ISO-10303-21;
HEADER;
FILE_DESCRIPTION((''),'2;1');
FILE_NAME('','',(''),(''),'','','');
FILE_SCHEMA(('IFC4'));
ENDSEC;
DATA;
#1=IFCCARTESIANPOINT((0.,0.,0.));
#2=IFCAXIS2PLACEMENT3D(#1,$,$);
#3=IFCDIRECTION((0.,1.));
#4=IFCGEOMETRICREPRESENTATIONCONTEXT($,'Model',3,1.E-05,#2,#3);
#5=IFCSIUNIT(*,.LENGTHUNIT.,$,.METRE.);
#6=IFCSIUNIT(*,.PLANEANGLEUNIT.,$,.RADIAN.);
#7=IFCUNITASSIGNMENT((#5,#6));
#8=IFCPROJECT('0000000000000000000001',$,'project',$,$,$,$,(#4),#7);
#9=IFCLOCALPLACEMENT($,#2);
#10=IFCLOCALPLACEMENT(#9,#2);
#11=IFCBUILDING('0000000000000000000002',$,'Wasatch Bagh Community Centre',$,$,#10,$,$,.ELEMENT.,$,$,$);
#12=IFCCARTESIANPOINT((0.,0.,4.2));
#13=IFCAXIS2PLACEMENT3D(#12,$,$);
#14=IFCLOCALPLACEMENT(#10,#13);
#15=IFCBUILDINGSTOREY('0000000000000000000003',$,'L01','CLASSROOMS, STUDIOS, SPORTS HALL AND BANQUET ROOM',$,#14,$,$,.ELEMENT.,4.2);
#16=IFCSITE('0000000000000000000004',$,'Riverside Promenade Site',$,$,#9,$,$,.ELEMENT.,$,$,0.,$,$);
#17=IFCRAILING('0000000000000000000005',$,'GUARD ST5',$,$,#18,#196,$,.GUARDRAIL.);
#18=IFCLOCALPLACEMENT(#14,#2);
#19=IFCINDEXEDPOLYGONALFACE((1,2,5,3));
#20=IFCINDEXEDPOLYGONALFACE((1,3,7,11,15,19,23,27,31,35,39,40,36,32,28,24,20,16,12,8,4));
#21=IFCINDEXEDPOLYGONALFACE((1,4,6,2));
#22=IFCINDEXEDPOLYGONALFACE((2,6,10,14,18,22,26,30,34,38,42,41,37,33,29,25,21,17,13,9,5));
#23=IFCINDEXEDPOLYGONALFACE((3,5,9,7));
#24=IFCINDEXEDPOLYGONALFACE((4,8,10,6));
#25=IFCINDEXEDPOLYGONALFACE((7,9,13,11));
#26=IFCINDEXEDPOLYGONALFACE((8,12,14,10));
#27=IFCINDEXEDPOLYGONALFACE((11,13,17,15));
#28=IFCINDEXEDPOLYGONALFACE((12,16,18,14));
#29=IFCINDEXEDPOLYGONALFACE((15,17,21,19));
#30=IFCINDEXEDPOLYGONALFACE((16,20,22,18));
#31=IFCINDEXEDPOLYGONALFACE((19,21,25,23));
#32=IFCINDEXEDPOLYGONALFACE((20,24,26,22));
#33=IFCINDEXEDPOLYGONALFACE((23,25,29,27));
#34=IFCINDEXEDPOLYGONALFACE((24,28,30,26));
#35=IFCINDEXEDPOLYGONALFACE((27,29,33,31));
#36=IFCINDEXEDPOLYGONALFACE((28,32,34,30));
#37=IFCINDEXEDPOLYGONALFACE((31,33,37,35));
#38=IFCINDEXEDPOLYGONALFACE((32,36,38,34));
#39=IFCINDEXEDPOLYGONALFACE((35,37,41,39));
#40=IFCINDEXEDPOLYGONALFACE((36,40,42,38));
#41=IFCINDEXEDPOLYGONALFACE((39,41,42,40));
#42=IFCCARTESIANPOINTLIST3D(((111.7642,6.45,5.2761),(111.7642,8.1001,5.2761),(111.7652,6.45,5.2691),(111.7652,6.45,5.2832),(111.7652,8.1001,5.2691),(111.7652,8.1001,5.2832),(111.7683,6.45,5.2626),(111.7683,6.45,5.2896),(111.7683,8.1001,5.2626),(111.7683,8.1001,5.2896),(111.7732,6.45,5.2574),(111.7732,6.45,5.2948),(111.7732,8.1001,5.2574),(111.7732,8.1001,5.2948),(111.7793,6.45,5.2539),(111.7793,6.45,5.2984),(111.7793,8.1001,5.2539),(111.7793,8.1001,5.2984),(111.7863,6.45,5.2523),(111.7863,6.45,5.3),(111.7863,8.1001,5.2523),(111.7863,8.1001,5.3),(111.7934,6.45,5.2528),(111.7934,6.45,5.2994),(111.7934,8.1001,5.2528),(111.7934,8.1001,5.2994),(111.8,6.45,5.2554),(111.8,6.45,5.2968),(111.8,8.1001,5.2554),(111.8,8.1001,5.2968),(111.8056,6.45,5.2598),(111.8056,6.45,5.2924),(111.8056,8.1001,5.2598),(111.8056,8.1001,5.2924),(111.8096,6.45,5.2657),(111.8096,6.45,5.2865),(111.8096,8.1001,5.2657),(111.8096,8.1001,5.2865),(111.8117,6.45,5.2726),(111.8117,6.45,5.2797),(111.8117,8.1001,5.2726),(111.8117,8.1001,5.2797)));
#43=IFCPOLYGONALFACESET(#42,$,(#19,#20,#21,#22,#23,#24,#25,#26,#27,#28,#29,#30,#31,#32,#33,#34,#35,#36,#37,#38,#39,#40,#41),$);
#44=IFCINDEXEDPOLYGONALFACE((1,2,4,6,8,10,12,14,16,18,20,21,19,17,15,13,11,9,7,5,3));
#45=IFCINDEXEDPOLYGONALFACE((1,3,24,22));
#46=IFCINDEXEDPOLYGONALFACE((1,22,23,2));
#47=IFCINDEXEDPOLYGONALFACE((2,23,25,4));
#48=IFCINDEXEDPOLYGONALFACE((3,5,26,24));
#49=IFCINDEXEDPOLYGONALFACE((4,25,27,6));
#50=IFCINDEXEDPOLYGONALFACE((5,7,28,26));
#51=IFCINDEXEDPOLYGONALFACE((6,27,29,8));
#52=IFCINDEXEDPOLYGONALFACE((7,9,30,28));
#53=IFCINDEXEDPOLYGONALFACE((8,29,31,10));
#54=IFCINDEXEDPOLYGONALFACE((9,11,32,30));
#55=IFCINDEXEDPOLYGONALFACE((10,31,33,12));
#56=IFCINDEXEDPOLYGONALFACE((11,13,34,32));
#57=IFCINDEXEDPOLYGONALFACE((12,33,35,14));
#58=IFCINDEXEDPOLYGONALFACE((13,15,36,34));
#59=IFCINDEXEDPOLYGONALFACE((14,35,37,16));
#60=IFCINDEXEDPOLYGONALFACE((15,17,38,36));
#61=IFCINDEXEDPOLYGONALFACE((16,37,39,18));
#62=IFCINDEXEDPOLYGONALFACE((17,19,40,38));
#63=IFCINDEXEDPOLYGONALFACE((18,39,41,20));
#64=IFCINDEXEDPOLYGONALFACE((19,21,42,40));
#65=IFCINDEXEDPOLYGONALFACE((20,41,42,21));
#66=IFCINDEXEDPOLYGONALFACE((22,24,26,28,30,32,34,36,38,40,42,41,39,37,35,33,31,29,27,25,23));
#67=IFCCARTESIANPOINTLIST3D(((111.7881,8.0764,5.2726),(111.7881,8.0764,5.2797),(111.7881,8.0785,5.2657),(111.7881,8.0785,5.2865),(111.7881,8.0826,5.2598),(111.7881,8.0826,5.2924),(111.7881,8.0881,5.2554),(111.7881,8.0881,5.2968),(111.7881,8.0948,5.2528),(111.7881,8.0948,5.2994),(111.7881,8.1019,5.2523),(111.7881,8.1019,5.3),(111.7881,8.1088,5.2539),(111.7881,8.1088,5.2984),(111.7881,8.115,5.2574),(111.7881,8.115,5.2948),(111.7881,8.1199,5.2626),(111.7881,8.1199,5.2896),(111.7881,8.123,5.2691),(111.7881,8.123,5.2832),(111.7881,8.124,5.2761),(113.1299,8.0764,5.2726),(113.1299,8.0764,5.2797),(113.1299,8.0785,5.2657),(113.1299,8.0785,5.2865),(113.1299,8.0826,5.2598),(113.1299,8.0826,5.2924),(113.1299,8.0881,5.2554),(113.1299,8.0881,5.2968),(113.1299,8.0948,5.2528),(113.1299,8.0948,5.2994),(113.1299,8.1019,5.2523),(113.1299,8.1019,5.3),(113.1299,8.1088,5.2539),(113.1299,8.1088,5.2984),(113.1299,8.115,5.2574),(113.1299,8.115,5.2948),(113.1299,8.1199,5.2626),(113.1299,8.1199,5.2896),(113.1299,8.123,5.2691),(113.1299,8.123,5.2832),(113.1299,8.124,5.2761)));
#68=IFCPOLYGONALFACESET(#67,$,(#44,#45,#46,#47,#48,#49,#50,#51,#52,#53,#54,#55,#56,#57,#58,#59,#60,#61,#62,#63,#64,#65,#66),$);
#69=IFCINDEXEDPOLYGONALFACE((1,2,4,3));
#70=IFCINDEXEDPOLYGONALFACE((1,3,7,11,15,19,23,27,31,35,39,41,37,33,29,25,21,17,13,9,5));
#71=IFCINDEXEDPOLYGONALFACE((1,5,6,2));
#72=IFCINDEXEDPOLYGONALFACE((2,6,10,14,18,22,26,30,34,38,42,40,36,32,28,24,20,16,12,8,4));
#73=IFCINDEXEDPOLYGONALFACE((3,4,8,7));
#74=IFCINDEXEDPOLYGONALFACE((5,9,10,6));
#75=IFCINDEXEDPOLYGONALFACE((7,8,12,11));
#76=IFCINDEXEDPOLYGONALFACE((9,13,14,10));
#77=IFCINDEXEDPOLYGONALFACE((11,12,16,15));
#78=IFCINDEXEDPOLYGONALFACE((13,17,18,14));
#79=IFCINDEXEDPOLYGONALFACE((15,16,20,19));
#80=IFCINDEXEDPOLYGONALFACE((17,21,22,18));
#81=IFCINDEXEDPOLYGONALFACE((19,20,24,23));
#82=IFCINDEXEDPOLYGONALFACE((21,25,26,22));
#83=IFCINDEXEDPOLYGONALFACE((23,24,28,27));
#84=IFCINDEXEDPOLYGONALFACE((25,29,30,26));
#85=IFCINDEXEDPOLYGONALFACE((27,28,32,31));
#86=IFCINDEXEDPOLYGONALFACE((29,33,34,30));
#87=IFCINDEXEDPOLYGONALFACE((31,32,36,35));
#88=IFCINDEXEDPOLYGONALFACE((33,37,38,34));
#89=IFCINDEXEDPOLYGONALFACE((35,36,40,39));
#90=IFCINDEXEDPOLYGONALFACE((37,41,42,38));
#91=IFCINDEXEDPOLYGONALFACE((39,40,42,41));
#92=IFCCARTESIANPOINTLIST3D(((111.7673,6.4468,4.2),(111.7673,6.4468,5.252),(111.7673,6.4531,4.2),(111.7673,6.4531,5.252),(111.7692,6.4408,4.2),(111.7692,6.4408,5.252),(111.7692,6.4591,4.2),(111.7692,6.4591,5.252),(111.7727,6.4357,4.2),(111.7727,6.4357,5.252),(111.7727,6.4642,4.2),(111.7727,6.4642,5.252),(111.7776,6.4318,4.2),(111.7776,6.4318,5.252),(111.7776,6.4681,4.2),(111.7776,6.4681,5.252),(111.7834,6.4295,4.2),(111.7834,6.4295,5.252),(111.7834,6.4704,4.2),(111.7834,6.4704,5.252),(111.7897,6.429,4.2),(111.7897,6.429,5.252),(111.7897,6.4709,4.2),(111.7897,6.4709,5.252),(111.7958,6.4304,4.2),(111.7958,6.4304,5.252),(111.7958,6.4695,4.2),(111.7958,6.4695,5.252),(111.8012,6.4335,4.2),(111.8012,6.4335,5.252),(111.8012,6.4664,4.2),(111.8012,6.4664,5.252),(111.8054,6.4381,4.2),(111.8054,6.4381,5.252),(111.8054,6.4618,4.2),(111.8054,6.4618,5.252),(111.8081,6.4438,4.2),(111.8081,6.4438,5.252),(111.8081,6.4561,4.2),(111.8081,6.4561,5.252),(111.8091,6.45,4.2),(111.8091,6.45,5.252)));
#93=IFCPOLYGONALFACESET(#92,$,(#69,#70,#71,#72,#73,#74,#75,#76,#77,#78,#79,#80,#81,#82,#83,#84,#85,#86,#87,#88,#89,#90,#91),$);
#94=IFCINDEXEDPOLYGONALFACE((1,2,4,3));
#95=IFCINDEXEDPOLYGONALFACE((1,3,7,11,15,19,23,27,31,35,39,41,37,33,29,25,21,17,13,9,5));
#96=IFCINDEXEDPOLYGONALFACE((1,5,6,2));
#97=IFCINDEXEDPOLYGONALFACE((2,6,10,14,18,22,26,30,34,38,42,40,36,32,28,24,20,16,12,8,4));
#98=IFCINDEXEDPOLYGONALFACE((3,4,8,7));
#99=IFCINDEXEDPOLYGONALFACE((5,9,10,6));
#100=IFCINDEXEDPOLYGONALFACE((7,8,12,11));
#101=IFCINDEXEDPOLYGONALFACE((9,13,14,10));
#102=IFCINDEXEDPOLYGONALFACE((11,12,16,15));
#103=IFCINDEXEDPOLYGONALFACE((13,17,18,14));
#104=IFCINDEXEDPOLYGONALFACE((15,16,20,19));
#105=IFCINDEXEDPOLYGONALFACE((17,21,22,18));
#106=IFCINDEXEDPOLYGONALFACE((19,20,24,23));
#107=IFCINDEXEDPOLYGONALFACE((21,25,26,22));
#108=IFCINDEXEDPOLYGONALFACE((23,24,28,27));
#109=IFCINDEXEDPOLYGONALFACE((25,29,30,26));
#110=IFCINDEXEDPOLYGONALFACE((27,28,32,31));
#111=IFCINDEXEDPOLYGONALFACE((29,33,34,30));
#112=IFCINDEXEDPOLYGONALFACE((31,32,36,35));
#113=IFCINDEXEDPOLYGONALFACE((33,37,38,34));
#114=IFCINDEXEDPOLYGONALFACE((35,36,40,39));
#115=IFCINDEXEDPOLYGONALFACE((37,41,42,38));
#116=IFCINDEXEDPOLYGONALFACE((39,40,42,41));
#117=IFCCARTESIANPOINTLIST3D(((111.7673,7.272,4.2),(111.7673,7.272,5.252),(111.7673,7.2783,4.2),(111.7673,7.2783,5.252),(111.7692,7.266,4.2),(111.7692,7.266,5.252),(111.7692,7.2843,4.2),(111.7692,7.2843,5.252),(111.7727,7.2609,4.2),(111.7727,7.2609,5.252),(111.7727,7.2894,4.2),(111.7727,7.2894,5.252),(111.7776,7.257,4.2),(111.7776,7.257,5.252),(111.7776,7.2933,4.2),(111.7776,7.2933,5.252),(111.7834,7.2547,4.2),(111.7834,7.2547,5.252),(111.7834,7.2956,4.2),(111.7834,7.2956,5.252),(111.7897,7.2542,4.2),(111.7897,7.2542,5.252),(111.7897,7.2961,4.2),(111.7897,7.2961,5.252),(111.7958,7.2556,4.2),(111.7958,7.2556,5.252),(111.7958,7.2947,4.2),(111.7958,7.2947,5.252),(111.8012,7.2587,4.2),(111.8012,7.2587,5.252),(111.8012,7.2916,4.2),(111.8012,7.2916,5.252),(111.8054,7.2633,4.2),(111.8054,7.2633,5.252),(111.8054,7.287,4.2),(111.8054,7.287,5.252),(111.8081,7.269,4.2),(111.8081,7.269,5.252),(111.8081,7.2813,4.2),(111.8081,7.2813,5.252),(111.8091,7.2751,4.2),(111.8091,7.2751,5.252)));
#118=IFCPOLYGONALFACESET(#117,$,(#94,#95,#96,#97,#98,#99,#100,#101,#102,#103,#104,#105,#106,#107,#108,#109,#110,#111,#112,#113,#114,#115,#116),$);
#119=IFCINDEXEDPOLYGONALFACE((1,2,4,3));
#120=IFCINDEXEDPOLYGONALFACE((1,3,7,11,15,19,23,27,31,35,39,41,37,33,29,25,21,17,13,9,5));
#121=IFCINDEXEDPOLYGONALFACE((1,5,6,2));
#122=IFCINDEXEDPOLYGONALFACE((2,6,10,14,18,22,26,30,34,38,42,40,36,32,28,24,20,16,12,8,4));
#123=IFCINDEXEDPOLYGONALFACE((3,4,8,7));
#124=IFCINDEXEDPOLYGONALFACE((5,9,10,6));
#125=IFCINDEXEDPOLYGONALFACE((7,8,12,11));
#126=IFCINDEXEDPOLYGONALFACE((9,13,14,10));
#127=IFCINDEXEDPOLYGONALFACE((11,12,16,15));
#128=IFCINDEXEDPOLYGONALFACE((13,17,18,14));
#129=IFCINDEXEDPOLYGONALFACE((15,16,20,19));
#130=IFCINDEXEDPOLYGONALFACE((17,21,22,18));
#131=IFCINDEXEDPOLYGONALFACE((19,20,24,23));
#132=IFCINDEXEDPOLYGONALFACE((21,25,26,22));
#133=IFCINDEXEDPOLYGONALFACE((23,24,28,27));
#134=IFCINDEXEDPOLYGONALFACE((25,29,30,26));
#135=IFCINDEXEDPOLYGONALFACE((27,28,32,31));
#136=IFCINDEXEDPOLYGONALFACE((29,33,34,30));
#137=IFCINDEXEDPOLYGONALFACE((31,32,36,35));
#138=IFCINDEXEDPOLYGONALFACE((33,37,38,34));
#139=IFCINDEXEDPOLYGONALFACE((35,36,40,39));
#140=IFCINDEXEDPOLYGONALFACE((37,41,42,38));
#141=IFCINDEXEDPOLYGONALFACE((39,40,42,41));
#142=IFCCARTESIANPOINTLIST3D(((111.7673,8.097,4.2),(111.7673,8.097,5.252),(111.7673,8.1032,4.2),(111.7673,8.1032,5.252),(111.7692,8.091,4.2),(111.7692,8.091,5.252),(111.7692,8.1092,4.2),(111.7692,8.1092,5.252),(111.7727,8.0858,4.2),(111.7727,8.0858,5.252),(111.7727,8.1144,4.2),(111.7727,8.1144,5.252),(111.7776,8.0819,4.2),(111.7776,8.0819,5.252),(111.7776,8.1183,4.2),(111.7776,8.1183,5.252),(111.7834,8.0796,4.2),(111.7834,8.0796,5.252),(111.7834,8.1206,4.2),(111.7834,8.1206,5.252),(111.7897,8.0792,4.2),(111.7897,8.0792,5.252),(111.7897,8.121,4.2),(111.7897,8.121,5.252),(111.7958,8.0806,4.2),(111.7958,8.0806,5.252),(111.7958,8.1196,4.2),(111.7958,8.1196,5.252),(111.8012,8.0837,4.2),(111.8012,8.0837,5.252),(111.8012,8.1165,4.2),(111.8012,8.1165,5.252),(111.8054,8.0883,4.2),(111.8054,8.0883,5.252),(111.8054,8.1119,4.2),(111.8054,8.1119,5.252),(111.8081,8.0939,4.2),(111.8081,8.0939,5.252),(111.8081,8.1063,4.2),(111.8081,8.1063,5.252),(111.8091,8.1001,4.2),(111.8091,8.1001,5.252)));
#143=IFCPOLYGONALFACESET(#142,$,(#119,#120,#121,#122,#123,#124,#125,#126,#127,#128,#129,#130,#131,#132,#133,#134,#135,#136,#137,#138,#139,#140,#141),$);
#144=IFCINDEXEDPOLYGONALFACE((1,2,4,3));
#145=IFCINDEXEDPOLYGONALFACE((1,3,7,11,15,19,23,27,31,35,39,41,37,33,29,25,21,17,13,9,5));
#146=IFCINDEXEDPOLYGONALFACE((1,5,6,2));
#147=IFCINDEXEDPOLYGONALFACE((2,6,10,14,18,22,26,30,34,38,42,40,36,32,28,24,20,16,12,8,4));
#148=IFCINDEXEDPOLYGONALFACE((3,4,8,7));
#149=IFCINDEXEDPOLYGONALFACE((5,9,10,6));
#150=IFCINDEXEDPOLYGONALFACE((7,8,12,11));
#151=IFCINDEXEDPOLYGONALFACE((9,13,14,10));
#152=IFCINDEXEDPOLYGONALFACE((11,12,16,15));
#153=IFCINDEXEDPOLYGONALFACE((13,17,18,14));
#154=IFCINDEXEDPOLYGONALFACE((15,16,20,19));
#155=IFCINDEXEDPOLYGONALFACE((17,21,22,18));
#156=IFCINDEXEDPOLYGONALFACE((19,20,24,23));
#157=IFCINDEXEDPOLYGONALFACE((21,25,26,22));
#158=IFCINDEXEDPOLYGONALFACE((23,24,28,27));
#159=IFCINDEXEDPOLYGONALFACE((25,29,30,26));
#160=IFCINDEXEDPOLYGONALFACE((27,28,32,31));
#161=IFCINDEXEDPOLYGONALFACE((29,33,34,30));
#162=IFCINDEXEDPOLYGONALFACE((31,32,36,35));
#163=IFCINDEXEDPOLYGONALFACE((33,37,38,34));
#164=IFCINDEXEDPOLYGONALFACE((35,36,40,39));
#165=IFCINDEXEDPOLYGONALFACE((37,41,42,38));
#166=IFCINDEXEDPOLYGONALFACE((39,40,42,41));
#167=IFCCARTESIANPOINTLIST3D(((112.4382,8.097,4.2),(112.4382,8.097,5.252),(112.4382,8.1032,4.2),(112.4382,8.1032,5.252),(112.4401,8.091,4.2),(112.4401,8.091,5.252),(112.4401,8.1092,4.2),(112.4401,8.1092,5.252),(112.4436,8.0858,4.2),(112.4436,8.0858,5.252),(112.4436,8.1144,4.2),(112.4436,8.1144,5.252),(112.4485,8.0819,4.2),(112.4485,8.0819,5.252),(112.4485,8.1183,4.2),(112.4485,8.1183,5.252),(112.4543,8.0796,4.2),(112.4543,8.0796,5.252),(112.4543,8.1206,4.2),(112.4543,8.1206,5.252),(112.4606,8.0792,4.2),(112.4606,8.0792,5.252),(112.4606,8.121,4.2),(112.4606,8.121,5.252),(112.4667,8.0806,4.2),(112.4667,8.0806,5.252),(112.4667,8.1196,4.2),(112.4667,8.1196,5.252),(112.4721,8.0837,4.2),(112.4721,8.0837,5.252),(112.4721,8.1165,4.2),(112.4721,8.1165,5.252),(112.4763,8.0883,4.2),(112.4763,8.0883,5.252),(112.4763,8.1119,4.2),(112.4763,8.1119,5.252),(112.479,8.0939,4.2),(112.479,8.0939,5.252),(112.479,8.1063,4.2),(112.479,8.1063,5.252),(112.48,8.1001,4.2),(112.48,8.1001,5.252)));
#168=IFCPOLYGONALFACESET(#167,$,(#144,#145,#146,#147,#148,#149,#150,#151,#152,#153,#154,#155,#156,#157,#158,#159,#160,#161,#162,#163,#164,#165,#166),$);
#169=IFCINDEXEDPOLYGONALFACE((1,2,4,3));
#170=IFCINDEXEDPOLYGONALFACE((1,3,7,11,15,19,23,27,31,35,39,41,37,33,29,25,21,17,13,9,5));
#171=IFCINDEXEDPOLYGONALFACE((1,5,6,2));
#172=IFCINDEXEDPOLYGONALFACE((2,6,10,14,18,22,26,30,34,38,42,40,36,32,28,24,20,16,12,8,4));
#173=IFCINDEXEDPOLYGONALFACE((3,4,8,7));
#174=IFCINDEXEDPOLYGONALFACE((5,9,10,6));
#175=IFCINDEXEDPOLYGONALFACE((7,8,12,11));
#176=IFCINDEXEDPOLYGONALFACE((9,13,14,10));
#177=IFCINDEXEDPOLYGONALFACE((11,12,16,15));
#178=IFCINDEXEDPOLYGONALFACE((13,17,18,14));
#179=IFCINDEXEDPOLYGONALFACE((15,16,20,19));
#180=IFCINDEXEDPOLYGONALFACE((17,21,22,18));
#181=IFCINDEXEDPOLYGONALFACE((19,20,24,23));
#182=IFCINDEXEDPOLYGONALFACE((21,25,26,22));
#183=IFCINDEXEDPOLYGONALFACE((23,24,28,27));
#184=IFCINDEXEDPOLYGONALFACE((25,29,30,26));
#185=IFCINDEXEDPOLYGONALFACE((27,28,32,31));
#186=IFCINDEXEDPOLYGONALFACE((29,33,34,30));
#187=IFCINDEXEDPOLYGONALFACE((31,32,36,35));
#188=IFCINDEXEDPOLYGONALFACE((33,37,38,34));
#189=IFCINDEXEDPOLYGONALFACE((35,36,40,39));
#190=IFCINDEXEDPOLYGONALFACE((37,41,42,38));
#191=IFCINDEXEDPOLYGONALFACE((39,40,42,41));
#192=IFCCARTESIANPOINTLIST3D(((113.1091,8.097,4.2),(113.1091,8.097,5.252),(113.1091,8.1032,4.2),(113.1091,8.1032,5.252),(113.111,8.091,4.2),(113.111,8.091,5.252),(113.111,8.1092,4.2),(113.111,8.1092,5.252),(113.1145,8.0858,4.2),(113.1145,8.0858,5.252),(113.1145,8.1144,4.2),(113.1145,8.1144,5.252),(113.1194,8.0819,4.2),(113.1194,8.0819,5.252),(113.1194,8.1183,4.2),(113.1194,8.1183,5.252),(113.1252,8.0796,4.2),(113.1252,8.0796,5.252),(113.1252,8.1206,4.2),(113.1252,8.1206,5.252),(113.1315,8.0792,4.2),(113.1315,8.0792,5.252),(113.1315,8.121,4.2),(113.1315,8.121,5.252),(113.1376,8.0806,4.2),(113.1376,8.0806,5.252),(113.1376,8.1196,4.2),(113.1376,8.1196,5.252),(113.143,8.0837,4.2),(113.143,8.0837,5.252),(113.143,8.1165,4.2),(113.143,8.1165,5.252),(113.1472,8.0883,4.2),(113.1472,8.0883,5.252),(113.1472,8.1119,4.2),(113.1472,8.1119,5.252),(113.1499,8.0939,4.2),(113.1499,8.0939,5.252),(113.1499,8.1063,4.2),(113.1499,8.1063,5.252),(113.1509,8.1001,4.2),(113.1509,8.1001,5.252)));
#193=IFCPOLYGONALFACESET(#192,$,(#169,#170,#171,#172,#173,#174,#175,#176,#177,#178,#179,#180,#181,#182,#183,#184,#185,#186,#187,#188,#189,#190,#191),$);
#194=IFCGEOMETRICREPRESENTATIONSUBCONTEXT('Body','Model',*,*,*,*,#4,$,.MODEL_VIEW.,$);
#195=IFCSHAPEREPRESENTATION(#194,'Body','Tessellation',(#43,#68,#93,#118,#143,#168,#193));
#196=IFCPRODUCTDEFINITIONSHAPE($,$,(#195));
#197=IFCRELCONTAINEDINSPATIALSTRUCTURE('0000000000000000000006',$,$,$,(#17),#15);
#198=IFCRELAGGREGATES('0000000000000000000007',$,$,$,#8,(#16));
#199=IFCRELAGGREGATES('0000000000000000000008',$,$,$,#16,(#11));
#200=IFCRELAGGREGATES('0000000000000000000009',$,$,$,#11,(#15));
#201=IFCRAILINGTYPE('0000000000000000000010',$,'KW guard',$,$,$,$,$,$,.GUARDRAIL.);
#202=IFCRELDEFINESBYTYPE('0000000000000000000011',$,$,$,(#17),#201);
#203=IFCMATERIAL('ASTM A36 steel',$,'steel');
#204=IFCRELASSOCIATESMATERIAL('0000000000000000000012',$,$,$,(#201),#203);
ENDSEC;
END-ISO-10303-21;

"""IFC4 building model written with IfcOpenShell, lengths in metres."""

from ifc_helpers import new_model, si_unit, direction, frame, origin, origin_2d, place, context, subcontext, project, spatial, circle, extrude, material, type_object, element, save


model = new_model("IFC4")

# Units and contexts
model_context = context("Model", 3, precision=1e-05, world=origin(), true_north=direction((0.0, 1.0)))
body_context = subcontext(model_context, "Body", "Model", "MODEL_VIEW")
ifc_project = project(units=[si_unit("LENGTHUNIT", "METRE"), si_unit("PLANEANGLEUNIT", "RADIAN")], contexts=[model_context])

# Site, building, storey
site_placement = place(None, origin())
site = spatial("IfcSite", under=ifc_project, at=site_placement, Name="Riverside Promenade Site", CompositionType="ELEMENT", RefElevation=0.0)
building_placement = place(site_placement, origin())
building = spatial("IfcBuilding", under=site, at=building_placement, Name="Wasatch Bagh Community Centre", CompositionType="ELEMENT")
storey_placement = place(building_placement, frame((0.0, 0.0, 4.2)))
storey = spatial("IfcBuildingStorey", under=building, at=storey_placement, Name="L01", Description="CLASSROOMS, STUDIOS, SPORTS HALL AND BANQUET ROOM", CompositionType="ELEMENT", Elevation=4.2)

# Railing
ifc_material_1 = material(Name="ASTM A36 steel", Category="steel")
railing_type_1 = type_object("IfcRailingType", Name="KW guard", PredefinedType="GUARDRAIL", material=ifc_material_1)
railing_1_placement = place(storey_placement, frame((111.7881, 6.45, 4.2)))
element("IfcRailing", 1, at=railing_1_placement, inside=storey, type_object=railing_type_1, Name="GUARD ST5", PredefinedType="GUARDRAIL", context=body_context, shape_type="SweptSolid", body=[
    extrude(circle(Radius=0.0239, at=origin_2d()), frame((0.0, 0.0, 1.0762), z_axis=(0.0, 1.0, 0.0), x_axis=(-1.0, 0.0, 0.0)), (0.0, 0.0, 1.0), 1.6501),
    extrude(circle(Radius=0.0239, at=origin_2d()), frame((0.0, 1.6501, 1.0762), z_axis=(1.0, 0.0, 0.0), x_axis=(0.0, 1.0, 0.0)), (0.0, 0.0, 1.0), 1.3418),
    extrude(circle(Radius=0.021, at=origin_2d()), origin(), (0.0, 0.0, 1.0), 1.052),
    extrude(circle(Radius=0.021, at=origin_2d()), frame((0.0, 0.8252, 0.0)), (0.0, 0.0, 1.0), 1.052),
    extrude(circle(Radius=0.021, at=origin_2d()), frame((0.0, 1.6501, 0.0)), (0.0, 0.0, 1.0), 1.052),
    extrude(circle(Radius=0.021, at=origin_2d()), frame((0.6709, 1.6501, 0.0)), (0.0, 0.0, 1.0), 1.052),
    extrude(circle(Radius=0.021, at=origin_2d()), frame((1.3418, 1.6501, 0.0)), (0.0, 0.0, 1.0), 1.052),
])

save(model, "model.ifc")
